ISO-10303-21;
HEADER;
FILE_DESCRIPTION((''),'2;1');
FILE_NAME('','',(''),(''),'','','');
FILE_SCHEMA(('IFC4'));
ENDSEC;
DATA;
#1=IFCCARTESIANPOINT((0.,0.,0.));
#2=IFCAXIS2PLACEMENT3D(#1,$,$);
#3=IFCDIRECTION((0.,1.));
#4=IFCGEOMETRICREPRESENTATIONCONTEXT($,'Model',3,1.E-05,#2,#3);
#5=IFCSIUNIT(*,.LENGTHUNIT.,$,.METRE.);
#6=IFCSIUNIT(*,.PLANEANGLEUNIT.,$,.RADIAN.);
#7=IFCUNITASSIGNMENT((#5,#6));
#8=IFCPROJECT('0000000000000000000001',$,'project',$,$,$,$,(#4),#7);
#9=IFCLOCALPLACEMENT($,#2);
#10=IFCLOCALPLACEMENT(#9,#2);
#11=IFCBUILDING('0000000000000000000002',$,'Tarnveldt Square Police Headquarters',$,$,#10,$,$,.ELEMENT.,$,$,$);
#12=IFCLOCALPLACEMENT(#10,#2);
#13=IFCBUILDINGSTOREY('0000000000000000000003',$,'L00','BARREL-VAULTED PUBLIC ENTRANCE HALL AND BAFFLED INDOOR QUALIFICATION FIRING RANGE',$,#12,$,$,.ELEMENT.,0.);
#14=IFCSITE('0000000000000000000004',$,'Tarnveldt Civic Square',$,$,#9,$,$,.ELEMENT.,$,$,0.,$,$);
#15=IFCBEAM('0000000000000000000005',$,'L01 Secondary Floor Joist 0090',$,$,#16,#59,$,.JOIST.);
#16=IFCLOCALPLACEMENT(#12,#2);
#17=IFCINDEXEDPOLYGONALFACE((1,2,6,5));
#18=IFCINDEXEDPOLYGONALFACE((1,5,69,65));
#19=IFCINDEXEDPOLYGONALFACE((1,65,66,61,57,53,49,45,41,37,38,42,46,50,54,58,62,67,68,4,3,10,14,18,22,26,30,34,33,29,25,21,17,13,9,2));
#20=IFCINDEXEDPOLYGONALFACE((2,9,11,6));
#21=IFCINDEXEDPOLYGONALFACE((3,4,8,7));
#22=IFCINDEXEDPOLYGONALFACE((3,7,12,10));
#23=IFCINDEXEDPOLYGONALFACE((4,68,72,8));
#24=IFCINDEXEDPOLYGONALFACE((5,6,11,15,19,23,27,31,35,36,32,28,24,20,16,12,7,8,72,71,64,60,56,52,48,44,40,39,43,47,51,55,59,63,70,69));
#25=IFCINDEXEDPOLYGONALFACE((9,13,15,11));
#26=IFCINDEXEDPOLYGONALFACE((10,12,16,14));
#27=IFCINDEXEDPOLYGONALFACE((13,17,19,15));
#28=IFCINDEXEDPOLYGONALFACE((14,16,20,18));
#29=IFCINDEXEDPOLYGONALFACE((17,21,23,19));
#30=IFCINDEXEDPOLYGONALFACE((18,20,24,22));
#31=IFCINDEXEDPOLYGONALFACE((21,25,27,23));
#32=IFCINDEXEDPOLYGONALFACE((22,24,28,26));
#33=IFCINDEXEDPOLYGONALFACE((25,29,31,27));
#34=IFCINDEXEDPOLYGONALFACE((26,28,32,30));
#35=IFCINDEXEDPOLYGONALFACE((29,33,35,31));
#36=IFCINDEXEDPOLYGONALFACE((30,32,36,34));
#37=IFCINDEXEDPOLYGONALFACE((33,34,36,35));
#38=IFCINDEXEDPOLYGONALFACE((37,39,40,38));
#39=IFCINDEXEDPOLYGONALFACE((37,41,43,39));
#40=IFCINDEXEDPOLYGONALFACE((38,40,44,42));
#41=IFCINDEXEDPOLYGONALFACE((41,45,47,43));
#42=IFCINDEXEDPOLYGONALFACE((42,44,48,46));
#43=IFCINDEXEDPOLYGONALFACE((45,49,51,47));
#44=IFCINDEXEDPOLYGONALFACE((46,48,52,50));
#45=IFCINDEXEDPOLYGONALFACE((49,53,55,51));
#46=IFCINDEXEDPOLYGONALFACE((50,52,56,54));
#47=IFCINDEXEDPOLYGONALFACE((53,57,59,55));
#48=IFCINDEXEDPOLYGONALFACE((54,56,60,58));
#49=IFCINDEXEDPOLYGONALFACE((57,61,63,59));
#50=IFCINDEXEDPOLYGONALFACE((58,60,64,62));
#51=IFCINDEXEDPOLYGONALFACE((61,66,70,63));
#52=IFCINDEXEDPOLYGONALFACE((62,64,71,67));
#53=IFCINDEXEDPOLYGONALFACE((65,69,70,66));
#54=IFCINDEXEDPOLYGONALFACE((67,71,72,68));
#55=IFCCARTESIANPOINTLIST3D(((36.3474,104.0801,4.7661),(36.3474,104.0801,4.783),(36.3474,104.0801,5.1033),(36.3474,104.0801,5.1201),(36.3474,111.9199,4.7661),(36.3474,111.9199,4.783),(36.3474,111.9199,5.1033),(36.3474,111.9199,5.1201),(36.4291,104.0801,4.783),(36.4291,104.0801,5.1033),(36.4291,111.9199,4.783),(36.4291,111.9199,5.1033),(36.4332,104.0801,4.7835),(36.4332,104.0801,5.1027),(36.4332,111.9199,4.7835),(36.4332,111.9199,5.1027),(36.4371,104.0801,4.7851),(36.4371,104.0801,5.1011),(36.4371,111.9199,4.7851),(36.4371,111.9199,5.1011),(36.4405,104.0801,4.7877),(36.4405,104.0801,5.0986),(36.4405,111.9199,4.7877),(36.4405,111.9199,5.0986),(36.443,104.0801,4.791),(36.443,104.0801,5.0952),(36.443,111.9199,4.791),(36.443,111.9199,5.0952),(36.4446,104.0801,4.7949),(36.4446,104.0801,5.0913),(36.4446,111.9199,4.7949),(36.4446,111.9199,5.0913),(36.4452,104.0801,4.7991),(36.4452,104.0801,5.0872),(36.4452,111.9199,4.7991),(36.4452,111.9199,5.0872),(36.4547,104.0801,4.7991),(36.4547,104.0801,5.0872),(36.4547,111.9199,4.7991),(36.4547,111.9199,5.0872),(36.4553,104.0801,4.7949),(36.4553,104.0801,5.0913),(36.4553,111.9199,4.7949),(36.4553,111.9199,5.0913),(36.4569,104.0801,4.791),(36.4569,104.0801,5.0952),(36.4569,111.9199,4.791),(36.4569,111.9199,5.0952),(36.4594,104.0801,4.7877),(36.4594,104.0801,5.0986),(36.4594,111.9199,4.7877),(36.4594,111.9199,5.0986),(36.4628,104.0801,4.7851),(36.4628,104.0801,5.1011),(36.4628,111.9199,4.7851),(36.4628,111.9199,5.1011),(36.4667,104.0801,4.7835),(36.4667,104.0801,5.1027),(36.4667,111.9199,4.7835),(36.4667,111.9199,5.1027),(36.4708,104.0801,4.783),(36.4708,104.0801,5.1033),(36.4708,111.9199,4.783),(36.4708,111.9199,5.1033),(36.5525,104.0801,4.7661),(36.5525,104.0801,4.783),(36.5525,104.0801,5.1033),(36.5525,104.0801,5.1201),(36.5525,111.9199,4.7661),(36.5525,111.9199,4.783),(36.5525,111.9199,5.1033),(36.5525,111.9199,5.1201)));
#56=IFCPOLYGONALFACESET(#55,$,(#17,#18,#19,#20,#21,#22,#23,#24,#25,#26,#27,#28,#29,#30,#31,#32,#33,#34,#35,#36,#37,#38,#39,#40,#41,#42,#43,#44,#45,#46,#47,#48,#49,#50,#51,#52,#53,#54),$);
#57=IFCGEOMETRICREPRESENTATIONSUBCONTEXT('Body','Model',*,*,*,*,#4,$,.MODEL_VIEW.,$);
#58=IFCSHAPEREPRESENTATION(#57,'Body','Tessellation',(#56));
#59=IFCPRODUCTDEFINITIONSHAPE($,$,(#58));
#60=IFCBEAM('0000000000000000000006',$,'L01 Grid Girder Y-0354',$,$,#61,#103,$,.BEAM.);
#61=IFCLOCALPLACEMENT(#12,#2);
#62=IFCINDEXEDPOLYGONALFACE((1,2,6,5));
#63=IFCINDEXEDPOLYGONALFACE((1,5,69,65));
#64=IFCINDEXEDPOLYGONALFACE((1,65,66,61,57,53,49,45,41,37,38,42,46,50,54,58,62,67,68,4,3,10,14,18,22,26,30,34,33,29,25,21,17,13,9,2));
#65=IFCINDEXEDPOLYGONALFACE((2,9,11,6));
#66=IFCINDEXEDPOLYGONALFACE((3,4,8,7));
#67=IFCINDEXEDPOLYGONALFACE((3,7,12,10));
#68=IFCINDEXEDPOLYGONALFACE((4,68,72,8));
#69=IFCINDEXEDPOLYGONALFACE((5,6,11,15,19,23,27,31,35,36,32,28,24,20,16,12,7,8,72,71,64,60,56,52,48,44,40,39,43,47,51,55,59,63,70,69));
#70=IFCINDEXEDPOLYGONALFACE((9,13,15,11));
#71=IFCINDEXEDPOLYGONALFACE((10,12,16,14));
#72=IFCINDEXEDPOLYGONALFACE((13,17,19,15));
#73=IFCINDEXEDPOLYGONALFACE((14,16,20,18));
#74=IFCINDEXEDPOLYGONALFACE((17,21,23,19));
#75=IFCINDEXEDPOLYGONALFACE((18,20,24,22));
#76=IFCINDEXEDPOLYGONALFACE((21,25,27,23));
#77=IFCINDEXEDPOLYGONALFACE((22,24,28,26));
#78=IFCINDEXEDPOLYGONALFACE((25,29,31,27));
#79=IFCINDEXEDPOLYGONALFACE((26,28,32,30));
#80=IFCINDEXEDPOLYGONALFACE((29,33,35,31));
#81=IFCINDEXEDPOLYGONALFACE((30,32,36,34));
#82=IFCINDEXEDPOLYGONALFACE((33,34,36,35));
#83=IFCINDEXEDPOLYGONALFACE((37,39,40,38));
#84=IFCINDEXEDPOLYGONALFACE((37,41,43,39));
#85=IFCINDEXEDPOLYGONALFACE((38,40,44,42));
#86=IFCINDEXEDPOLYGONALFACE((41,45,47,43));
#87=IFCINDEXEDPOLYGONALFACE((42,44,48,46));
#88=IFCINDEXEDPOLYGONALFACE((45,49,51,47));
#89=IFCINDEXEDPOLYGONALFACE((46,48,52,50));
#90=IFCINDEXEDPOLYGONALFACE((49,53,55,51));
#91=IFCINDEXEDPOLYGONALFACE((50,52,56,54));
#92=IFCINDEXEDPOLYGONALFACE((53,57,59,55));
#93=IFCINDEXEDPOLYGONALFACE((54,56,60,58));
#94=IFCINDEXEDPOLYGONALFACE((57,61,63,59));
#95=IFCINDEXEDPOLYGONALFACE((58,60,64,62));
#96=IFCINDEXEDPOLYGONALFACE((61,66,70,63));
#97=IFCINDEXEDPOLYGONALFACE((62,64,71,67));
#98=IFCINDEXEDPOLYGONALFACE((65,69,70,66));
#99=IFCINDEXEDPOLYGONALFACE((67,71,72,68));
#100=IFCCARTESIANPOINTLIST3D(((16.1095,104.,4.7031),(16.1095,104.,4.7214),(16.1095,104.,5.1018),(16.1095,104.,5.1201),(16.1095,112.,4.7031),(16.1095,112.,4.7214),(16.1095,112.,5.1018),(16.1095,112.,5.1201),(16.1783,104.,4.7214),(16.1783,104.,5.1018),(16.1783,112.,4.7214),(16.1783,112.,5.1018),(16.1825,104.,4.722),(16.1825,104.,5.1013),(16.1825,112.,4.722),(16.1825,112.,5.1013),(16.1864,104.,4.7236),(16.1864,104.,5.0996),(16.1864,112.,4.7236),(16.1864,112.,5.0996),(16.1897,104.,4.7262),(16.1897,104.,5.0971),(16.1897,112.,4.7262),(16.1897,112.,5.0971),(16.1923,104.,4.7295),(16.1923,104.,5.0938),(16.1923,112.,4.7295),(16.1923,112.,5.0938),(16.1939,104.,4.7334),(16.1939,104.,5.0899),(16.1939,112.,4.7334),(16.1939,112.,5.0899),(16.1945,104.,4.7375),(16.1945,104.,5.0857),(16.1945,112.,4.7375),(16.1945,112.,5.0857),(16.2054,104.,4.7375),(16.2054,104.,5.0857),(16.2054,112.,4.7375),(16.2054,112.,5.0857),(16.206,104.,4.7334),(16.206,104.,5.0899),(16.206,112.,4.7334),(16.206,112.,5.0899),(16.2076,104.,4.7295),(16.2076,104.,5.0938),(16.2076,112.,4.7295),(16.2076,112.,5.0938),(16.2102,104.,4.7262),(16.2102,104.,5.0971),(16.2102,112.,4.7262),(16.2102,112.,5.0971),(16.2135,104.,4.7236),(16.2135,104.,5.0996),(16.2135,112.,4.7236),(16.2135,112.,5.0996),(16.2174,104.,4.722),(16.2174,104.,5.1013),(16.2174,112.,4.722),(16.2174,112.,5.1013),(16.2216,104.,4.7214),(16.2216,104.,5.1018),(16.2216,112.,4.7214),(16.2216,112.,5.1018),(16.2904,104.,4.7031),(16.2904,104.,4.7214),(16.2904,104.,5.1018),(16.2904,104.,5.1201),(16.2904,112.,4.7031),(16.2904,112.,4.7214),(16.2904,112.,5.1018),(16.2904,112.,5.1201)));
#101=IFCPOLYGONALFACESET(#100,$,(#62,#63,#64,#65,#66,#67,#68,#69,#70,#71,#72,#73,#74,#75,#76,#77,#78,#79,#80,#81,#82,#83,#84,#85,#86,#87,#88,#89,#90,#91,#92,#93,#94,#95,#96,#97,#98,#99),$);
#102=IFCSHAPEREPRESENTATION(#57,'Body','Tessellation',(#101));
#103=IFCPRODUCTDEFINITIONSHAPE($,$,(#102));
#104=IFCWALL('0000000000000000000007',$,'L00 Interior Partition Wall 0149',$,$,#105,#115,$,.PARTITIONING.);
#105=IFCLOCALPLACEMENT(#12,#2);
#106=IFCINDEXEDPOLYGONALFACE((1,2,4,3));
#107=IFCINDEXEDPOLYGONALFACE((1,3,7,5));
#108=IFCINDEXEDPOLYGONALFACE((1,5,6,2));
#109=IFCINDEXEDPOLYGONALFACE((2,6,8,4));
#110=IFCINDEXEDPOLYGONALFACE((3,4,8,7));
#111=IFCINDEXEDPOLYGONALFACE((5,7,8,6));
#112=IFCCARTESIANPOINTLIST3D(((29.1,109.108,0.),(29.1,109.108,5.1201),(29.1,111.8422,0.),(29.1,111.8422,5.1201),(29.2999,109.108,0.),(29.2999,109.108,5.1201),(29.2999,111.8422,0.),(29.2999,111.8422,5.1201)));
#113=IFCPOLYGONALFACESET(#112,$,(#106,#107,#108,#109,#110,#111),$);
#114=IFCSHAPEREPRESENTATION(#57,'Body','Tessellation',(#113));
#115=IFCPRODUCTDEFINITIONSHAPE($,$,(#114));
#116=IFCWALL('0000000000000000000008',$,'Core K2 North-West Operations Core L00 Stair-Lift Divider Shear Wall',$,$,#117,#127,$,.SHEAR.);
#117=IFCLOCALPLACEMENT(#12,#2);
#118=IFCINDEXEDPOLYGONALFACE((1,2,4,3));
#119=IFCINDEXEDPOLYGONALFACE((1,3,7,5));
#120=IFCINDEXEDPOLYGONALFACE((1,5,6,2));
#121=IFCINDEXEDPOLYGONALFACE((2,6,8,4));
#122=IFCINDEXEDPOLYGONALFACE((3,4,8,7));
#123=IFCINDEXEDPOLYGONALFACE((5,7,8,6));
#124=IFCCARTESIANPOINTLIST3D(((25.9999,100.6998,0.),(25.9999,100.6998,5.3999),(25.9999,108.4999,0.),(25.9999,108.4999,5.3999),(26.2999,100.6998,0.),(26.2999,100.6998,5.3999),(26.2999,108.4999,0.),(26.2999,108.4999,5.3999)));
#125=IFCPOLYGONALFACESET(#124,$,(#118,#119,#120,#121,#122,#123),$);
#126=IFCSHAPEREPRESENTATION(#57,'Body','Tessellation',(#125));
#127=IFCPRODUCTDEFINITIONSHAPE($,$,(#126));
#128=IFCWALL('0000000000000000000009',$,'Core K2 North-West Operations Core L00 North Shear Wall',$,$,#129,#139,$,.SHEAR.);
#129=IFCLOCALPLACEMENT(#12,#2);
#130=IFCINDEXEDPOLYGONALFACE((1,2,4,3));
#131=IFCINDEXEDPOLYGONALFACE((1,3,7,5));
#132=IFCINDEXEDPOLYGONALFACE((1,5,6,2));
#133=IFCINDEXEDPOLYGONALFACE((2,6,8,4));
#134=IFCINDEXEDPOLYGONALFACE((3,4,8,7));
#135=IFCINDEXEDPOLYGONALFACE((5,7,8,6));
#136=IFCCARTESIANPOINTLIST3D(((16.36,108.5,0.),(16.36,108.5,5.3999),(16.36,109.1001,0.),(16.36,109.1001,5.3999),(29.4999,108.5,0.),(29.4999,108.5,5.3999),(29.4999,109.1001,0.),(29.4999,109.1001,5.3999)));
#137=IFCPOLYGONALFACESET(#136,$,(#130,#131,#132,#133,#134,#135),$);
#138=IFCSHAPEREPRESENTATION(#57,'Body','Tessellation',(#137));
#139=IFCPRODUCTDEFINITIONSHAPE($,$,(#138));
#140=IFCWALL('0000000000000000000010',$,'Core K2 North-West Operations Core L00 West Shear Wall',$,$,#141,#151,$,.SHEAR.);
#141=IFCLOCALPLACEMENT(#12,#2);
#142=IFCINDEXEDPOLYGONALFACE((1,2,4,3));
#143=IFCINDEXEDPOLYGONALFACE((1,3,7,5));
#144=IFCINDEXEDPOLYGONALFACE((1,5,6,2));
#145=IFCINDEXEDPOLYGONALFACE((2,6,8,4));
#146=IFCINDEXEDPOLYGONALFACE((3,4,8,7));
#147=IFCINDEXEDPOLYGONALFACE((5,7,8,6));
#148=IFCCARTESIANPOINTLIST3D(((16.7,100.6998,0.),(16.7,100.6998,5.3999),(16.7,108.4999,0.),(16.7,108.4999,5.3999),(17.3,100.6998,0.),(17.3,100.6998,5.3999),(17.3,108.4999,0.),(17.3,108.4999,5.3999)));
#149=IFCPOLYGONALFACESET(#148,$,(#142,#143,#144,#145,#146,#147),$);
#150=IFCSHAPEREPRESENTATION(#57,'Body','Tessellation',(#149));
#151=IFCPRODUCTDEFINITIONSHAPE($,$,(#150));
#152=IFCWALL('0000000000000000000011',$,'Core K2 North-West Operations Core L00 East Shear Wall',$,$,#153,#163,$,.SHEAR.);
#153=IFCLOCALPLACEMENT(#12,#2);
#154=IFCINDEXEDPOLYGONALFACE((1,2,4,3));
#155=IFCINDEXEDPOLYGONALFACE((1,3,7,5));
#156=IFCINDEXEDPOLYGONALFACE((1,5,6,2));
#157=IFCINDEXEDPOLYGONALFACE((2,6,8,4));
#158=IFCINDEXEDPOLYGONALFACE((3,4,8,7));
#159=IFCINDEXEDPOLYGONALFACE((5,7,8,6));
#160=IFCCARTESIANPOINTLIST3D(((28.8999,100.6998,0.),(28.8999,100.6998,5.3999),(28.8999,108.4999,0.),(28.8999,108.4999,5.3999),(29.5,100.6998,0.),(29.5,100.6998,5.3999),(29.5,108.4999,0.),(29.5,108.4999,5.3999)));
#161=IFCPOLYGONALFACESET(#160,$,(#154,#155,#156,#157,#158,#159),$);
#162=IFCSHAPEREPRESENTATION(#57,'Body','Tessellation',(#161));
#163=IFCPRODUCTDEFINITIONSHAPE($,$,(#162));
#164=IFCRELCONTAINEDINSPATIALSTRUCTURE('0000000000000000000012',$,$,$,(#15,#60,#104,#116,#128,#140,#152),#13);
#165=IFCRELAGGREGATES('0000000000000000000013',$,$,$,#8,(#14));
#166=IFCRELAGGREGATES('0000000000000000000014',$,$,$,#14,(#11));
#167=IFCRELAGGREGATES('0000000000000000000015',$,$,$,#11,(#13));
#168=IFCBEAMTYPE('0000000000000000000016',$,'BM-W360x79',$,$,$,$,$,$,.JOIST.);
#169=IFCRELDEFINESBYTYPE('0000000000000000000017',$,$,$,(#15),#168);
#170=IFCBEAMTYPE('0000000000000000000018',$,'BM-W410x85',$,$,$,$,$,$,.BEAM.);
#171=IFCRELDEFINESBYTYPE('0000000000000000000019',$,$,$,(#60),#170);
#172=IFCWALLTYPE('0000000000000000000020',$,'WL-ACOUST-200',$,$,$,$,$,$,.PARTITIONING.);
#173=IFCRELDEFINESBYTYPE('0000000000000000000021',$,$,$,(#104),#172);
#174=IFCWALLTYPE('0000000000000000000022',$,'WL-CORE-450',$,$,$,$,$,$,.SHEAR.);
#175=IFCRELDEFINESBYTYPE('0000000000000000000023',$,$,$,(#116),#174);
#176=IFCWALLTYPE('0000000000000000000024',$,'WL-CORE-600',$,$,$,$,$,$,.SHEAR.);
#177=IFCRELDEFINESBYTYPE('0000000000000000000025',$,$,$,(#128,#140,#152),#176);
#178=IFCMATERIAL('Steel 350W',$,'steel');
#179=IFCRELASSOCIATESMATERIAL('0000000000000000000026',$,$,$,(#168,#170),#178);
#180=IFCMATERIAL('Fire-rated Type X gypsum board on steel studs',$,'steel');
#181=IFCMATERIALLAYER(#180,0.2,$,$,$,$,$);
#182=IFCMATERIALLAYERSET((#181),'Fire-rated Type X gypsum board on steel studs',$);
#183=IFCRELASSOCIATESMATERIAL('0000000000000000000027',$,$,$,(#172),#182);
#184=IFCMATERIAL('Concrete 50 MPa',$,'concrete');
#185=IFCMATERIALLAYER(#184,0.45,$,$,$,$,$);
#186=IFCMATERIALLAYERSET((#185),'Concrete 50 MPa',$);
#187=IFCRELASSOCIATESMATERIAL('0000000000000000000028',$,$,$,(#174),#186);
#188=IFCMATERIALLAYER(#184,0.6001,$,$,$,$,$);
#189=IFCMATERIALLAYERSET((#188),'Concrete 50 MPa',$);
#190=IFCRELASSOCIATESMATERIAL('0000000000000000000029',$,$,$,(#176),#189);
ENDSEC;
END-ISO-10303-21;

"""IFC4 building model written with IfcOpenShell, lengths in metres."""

from ifc_helpers import new_model, si_unit, direction, frame, frame_2d, origin, origin_2d, place, context, subcontext, project, spatial, rectangle, i_section, extrude, material, layer, layer_set, material_profile, profile_set, type_object, element, save


model = new_model("IFC4")

# Units and contexts
model_context = context("Model", 3, precision=1e-05, world=origin(), true_north=direction((0.0, 1.0)))
body_context = subcontext(model_context, "Body", "Model", "MODEL_VIEW")
ifc_project = project(units=[si_unit("LENGTHUNIT", "METRE"), si_unit("PLANEANGLEUNIT", "RADIAN")], contexts=[model_context])

# Site, building, storey
site_placement = place(None, origin())
site = spatial("IfcSite", under=ifc_project, at=site_placement, Name="Tarnveldt Civic Square", CompositionType="ELEMENT", RefElevation=0.0)
building_placement = place(site_placement, origin())
building = spatial("IfcBuilding", under=site, at=building_placement, Name="Tarnveldt Square Police Headquarters", CompositionType="ELEMENT")
storey_placement = place(building_placement, origin())
storey = spatial("IfcBuildingStorey", under=building, at=storey_placement, Name="L00", Description="BARREL-VAULTED PUBLIC ENTRANCE HALL AND BAFFLED INDOOR QUALIFICATION FIRING RANGE", CompositionType="ELEMENT", Elevation=0.0)

# Shared definitions
ifc_material_1 = material(Name="Concrete 50 MPa", Category="concrete")

# Beams
ifc_material_2 = material(Name="Steel 350W", Category="steel")
ifc_material_profile_1 = material_profile(ifc_material_2, i_section(OverallWidth=0.2051, OverallDepth=0.354, WebThickness=0.0095, FlangeThickness=0.0168, FilletRadius=0.0161, at=origin_2d()), Name="W360x79")
ifc_profile_set_1 = profile_set([ifc_material_profile_1], Name="Steel 350W")
beam_type_1 = type_object("IfcBeamType", Name="BM-W360x79", PredefinedType="JOIST", material=ifc_profile_set_1)
beam_1_placement = place(storey_placement, frame((36.45, 104.0801, 4.9431), z_axis=(0.0, 1.0, 0.0), x_axis=(-1.0, 0.0, 0.0)))
element("IfcBeam", 1, at=beam_1_placement, inside=storey, type_object=beam_type_1, Name="L01 Secondary Floor Joist 0090", PredefinedType="JOIST", context=body_context, shape_type="SweptSolid", body=[
    extrude(i_section(OverallWidth=0.2051, OverallDepth=0.354, WebThickness=0.0095, FlangeThickness=0.0168, FilletRadius=0.0161, at=origin_2d()), origin(), (0.0, 0.0, 1.0), 7.8398),
])
ifc_material_profile_2 = material_profile(ifc_material_2, i_section(OverallWidth=0.1809, OverallDepth=0.417, WebThickness=0.011, FlangeThickness=0.0183, FilletRadius=0.0161, at=origin_2d()), Name="W410x85")
ifc_profile_set_2 = profile_set([ifc_material_profile_2], Name="Steel 350W")
beam_type_2 = type_object("IfcBeamType", Name="BM-W410x85", PredefinedType="BEAM", material=ifc_profile_set_2)
beam_2_placement = place(storey_placement, frame((16.2, 104.0, 4.9116), z_axis=(0.0, 1.0, 0.0), x_axis=(-1.0, 0.0, 0.0)))
element("IfcBeam", 2, at=beam_2_placement, inside=storey, type_object=beam_type_2, Name="L01 Grid Girder Y-0354", PredefinedType="BEAM", context=body_context, shape_type="SweptSolid", body=[
    extrude(i_section(OverallWidth=0.1809, OverallDepth=0.417, WebThickness=0.011, FlangeThickness=0.0183, FilletRadius=0.0161, at=origin_2d()), origin(), (0.0, 0.0, 1.0), 8.0),
])

# Walls
ifc_material_3 = material(Name="Fire-rated Type X gypsum board on steel studs", Category="steel")
ifc_layer_1 = layer(ifc_material_3, 0.2)
ifc_layer_set_1 = layer_set([ifc_layer_1], Name="Fire-rated Type X gypsum board on steel studs")
wall_type_1 = type_object("IfcWallType", Name="WL-ACOUST-200", PredefinedType="PARTITIONING", material=ifc_layer_set_1)
wall_1_placement = place(storey_placement, frame((29.2, 109.1079, 0.0), z_axis=(0.0, 0.0, 1.0), x_axis=(0.0, 1.0, 0.0)))
element("IfcWall", 3, at=wall_1_placement, inside=storey, type_object=wall_type_1, Name="L00 Interior Partition Wall 0149", PredefinedType="PARTITIONING", context=body_context, shape_type="SweptSolid", body=[
    extrude(rectangle(XDim=2.7341, YDim=0.2, at=frame_2d((1.3672, 0.0))), origin(), (0.0, 0.0, 1.0), 5.1201),
])
ifc_layer_2 = layer(ifc_material_1, 0.45)
ifc_layer_set_2 = layer_set([ifc_layer_2], Name="Concrete 50 MPa")
wall_type_2 = type_object("IfcWallType", Name="WL-CORE-450", PredefinedType="SHEAR", material=ifc_layer_set_2)
wall_2_placement = place(storey_placement, frame((26.1499, 100.7, 0.0), z_axis=(0.0, 0.0, 1.0), x_axis=(0.0, 1.0, 0.0)))
element("IfcWall", 4, at=wall_2_placement, inside=storey, type_object=wall_type_2, Name="Core K2 North-West Operations Core L00 Stair-Lift Divider Shear Wall", PredefinedType="SHEAR", context=body_context, shape_type="SweptSolid", body=[
    extrude(rectangle(XDim=7.8, YDim=0.3, at=frame_2d((3.8999, 0.0))), origin(), (0.0, 0.0, 1.0), 5.3999),
])
ifc_layer_3 = layer(ifc_material_1, 0.6001)
ifc_layer_set_3 = layer_set([ifc_layer_3], Name="Concrete 50 MPa")
wall_type_3 = type_object("IfcWallType", Name="WL-CORE-600", PredefinedType="SHEAR", material=ifc_layer_set_3)
wall_3_placement = place(storey_placement, frame((16.3601, 108.8, 0.0), z_axis=(0.0, 0.0, 1.0), x_axis=(1.0, 0.0, 0.0)))
element("IfcWall", 5, at=wall_3_placement, inside=storey, type_object=wall_type_3, Name="Core K2 North-West Operations Core L00 North Shear Wall", PredefinedType="SHEAR", context=body_context, shape_type="SweptSolid", body=[
    extrude(rectangle(XDim=13.1399, YDim=0.6001, at=frame_2d((6.5698, 0.0))), origin(), (0.0, 0.0, 1.0), 5.3999),
])
for number, where, z_axis, x_axis, name in (
    (6, (17.0, 100.7, 0.0), (0.0, 0.0, 1.0), (0.0, 1.0, 0.0), "Core K2 North-West Operations Core L00 West Shear Wall"),
    (7, (29.2, 100.7, 0.0), (0.0, 0.0, 1.0), (0.0, 1.0, 0.0), "Core K2 North-West Operations Core L00 East Shear Wall"),
):
    element("IfcWall", number, at=place(storey_placement, frame(where, z_axis=z_axis, x_axis=x_axis)), inside=storey, type_object=wall_type_3, Name=name, PredefinedType="SHEAR", context=body_context, shape_type="SweptSolid", body=[
        extrude(rectangle(XDim=7.8, YDim=0.6001, at=frame_2d((3.8999, 0.0))), origin(), (0.0, 0.0, 1.0), 5.3999),
    ])

save(model, "model.ifc")
